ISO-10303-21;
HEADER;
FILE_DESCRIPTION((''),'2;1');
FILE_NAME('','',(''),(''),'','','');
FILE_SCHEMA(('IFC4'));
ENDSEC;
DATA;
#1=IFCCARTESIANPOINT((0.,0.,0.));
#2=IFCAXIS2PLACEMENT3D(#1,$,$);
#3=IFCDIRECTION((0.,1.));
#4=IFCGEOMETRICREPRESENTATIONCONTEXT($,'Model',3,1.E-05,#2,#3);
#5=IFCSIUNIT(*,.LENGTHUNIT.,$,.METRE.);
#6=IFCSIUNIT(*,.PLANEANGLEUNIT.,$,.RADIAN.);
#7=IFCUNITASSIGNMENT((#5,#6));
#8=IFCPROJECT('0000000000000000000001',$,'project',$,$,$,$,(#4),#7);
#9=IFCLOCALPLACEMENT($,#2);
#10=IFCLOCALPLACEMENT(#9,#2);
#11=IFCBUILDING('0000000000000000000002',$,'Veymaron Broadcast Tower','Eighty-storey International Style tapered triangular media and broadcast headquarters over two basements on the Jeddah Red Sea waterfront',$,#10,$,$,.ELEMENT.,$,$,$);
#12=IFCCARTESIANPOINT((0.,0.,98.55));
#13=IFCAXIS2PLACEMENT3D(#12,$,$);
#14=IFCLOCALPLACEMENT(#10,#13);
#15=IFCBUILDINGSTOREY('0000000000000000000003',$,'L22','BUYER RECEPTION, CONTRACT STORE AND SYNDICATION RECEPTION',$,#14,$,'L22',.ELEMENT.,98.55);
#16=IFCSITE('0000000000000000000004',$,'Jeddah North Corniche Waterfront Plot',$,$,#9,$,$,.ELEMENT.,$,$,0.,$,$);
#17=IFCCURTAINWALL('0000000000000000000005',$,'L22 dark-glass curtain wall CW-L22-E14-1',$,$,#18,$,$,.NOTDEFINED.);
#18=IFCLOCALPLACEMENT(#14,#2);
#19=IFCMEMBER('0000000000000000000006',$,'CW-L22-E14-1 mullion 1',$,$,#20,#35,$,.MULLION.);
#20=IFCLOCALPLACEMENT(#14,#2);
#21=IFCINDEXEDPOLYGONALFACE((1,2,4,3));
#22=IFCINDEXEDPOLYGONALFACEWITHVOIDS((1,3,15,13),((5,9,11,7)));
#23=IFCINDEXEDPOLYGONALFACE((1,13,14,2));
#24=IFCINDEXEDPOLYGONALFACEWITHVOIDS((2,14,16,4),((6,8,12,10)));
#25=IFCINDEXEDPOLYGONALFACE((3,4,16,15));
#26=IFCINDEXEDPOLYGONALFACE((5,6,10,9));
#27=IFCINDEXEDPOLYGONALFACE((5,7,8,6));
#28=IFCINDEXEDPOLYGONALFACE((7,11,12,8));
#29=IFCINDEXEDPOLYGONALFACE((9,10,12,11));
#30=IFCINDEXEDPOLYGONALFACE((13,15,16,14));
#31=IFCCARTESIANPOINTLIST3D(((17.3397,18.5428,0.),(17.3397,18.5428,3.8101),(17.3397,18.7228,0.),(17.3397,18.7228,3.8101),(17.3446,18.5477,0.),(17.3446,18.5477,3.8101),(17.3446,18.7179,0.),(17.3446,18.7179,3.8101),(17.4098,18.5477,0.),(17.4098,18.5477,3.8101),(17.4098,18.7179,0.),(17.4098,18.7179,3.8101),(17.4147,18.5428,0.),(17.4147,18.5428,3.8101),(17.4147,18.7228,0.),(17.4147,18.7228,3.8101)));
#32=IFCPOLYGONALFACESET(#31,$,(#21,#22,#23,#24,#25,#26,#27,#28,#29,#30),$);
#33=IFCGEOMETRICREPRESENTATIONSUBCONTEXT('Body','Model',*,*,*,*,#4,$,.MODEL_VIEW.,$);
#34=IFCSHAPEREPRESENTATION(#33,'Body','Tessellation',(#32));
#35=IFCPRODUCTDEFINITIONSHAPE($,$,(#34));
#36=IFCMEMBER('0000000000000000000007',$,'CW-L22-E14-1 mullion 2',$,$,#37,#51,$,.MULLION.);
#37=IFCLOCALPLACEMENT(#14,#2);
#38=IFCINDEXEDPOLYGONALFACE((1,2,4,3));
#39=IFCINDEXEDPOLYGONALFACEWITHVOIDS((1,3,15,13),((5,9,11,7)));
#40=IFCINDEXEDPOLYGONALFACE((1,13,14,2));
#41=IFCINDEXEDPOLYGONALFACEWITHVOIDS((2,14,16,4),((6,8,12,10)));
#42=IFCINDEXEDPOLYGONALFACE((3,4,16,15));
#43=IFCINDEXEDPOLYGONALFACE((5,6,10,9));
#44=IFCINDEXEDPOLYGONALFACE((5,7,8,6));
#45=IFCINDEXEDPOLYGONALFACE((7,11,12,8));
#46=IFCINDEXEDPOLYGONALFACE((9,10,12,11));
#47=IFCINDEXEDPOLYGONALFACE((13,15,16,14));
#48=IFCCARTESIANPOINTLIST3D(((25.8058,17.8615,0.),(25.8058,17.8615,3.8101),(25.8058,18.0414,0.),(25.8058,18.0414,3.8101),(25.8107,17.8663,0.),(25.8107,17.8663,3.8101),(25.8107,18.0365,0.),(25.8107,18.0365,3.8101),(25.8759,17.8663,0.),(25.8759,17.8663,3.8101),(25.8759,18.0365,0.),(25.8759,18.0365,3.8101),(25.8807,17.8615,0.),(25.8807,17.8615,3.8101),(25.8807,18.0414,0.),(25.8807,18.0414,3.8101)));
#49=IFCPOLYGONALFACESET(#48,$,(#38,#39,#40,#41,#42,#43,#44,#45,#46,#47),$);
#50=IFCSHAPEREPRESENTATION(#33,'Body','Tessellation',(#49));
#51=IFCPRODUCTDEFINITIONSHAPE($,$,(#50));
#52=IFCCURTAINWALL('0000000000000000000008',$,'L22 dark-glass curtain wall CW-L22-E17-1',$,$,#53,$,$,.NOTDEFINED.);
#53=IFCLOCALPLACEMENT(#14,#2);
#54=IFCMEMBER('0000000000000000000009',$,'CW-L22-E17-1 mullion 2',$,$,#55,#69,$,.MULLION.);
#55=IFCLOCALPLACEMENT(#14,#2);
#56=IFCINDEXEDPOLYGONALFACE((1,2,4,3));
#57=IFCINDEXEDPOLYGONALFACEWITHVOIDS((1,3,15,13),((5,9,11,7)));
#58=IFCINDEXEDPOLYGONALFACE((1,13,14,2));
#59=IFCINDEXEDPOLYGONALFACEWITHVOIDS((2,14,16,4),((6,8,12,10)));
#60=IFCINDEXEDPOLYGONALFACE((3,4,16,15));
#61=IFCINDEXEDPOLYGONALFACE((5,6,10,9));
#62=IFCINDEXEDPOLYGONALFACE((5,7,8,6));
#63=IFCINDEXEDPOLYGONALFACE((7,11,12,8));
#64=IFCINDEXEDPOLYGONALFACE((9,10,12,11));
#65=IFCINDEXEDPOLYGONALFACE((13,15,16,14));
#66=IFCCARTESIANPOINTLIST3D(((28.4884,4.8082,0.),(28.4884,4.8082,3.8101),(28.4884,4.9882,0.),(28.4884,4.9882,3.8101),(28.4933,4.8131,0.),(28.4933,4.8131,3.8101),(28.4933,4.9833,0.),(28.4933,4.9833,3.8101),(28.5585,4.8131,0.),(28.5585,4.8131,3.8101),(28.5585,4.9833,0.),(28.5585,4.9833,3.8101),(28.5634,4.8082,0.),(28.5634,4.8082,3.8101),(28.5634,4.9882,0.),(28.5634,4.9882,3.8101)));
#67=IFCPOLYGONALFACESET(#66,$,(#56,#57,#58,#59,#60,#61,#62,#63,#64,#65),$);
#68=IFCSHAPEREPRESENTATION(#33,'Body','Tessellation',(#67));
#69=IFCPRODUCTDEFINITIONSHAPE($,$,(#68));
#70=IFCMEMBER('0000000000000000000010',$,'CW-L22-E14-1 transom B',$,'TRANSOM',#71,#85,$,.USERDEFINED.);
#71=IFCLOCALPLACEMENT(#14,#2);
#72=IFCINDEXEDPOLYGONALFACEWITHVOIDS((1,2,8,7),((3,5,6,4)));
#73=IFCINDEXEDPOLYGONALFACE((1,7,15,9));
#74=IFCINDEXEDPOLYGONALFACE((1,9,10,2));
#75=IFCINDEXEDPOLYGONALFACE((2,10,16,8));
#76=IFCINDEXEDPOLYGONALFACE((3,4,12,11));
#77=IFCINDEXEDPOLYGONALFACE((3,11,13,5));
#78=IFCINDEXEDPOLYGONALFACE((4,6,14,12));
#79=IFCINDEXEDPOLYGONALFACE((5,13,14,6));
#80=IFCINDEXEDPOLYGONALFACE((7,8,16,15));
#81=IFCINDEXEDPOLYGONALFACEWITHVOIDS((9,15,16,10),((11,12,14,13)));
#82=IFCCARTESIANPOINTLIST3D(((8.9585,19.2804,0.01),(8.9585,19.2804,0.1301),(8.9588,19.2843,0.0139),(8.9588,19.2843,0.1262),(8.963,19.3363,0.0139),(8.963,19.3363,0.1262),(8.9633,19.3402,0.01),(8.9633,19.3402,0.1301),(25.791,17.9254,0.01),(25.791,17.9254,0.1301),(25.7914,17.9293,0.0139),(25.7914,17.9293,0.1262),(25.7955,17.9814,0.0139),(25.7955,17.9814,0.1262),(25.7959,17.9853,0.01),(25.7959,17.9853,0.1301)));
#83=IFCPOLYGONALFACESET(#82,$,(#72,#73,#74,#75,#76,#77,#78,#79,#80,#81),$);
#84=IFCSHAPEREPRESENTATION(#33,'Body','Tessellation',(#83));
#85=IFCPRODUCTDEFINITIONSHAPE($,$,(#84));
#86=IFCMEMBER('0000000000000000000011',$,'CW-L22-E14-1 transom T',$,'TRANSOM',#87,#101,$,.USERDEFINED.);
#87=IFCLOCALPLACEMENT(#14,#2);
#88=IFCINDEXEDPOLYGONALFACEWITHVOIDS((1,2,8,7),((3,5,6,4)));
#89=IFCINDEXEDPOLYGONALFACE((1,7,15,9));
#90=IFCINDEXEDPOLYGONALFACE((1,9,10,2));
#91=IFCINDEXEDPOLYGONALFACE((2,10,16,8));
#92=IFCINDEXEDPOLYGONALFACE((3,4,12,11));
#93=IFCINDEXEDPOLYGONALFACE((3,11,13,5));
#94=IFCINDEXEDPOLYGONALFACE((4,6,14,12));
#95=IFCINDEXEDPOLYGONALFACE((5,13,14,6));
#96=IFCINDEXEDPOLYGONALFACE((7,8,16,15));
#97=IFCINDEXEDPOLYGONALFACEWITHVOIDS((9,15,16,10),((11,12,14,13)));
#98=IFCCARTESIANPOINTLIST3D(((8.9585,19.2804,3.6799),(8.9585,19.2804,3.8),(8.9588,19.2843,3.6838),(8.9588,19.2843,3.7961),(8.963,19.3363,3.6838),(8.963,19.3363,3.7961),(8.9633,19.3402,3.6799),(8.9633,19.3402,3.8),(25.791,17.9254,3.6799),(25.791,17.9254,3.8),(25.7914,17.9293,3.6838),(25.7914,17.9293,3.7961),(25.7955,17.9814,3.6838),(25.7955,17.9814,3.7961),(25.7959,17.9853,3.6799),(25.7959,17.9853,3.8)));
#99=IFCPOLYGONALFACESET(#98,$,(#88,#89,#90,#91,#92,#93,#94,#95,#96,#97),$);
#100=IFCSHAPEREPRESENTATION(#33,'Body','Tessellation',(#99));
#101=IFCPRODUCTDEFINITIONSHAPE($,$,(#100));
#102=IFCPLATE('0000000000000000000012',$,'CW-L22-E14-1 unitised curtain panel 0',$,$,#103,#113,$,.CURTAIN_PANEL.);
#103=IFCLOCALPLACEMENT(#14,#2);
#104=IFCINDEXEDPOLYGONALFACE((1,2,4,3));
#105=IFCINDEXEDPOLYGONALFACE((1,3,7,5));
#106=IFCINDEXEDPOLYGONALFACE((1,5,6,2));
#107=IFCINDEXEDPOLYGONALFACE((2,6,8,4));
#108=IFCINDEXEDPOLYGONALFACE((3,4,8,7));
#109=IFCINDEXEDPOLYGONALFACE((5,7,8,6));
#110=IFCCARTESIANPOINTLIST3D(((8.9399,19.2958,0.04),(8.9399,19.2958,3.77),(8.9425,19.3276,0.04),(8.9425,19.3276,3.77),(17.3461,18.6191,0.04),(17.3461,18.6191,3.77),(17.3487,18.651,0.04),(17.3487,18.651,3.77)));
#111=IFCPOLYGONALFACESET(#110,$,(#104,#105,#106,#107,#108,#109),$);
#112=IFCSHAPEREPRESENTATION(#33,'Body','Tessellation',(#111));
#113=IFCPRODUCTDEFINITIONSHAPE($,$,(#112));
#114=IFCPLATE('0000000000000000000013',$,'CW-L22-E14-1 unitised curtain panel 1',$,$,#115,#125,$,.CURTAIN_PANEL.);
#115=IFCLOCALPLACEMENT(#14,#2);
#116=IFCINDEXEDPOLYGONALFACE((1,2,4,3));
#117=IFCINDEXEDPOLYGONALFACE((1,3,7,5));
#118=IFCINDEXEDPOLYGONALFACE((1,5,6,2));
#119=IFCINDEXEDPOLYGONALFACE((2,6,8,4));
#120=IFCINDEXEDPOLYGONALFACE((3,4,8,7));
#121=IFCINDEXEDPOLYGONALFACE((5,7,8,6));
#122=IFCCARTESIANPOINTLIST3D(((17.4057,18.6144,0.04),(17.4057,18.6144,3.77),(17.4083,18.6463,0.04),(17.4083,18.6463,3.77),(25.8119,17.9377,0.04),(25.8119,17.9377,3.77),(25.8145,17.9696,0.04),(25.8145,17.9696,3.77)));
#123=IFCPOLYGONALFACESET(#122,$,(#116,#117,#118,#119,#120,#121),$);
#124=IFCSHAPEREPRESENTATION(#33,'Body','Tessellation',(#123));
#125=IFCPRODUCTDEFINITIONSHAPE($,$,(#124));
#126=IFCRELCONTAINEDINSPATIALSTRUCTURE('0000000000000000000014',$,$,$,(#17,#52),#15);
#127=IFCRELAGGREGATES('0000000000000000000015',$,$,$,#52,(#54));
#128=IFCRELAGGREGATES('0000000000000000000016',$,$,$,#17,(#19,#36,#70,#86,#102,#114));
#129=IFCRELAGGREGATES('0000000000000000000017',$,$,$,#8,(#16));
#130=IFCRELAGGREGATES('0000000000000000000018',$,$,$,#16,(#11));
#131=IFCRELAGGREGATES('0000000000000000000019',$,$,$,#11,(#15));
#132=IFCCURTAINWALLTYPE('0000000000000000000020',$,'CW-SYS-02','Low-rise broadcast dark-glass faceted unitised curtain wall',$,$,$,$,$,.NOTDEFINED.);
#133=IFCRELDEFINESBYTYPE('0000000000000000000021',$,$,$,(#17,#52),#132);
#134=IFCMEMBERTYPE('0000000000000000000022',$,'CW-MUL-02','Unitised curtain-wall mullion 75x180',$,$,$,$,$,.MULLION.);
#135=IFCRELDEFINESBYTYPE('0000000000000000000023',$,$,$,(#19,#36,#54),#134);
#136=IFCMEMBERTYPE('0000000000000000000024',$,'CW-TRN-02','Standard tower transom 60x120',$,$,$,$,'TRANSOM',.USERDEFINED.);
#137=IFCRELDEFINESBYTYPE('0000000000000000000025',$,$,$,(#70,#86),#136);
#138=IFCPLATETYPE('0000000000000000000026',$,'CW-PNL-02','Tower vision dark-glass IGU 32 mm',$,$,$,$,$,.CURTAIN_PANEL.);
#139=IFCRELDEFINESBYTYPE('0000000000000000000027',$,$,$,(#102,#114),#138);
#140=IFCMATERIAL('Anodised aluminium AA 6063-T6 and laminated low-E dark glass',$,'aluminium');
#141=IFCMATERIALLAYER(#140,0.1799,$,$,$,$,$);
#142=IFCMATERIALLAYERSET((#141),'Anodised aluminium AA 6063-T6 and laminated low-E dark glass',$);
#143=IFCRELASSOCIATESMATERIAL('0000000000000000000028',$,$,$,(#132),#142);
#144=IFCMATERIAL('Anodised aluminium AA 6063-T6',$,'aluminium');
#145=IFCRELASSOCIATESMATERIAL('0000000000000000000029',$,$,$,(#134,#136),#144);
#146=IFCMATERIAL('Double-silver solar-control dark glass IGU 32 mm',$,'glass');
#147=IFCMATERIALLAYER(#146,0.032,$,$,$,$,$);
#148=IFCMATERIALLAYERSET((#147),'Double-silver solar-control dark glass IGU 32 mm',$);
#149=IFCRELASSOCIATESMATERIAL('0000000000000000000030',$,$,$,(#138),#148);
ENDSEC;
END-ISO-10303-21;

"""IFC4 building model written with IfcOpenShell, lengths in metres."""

from ifc_helpers import new_model, si_unit, direction, frame, origin, origin_2d, place, context, subcontext, project, spatial, rectangle, hollow_rectangle, extrude, material, layer, layer_set, material_profile, profile_set, type_object, element, aggregate, save


model = new_model("IFC4")

# Units and contexts
model_context = context("Model", 3, precision=1e-05, world=origin(), true_north=direction((0.0, 1.0)))
body_context = subcontext(model_context, "Body", "Model", "MODEL_VIEW")
ifc_project = project(units=[si_unit("LENGTHUNIT", "METRE"), si_unit("PLANEANGLEUNIT", "RADIAN")], contexts=[model_context])

# Site, building, storey
site_placement = place(None, origin())
site = spatial("IfcSite", under=ifc_project, at=site_placement, Name="Jeddah North Corniche Waterfront Plot", CompositionType="ELEMENT", RefElevation=0.0)
building_placement = place(site_placement, origin())
building = spatial("IfcBuilding", under=site, at=building_placement, Name="Veymaron Broadcast Tower", Description="Eighty-storey International Style tapered triangular media and broadcast headquarters over two basements on the Jeddah Red Sea waterfront", CompositionType="ELEMENT")
storey_placement = place(building_placement, frame((0.0, 0.0, 98.55)))
storey = spatial("IfcBuildingStorey", under=building, at=storey_placement, Name="L22", Description="BUYER RECEPTION, CONTRACT STORE AND SYNDICATION RECEPTION", LongName="L22", CompositionType="ELEMENT", Elevation=98.55)

# Curtain wall, members
ifc_material_1 = material(Name="Anodised aluminium AA 6063-T6 and laminated low-E dark glass", Category="aluminium")
ifc_layer_1 = layer(ifc_material_1, 0.1799)
ifc_layer_set_1 = layer_set([ifc_layer_1], Name="Anodised aluminium AA 6063-T6 and laminated low-E dark glass")
curtain_wall_type = type_object("IfcCurtainWallType", Name="CW-SYS-02", Description="Low-rise broadcast dark-glass faceted unitised curtain wall", PredefinedType="NOTDEFINED", material=ifc_layer_set_1)
curtain_wall_1_placement = place(storey_placement, origin())
curtain_wall_1 = element("IfcCurtainWall", 1, at=curtain_wall_1_placement, inside=storey, type_object=curtain_wall_type, Name="L22 dark-glass curtain wall CW-L22-E14-1", PredefinedType="NOTDEFINED")
ifc_material_2 = material(Name="Anodised aluminium AA 6063-T6", Category="aluminium")
ifc_material_profile_1 = material_profile(ifc_material_2, hollow_rectangle(XDim=0.075, YDim=0.1799, WallThickness=0.0049, at=origin_2d()), Name="AL180X75X5")
ifc_profile_set_1 = profile_set([ifc_material_profile_1], Name="Anodised aluminium AA 6063-T6")
member_type_1 = type_object("IfcMemberType", Name="CW-MUL-02", Description="Unitised curtain-wall mullion 75x180", PredefinedType="MULLION", material=ifc_profile_set_1)
member_1_placement = place(storey_placement, frame((17.3772, 18.6328, 0.0), z_axis=(0.0, 0.0, 1.0), x_axis=(1.0, 0.0, 0.0)))
member_1 = element("IfcMember", 2, at=member_1_placement, type_object=member_type_1, Name="CW-L22-E14-1 mullion 1", PredefinedType="MULLION", context=body_context, shape_type="SweptSolid", body=[
    extrude(hollow_rectangle(XDim=0.075, YDim=0.1799, WallThickness=0.0049, at=origin_2d()), origin(), (0.0, 0.0, 1.0), 3.8101),
])
member_2_placement = place(storey_placement, frame((25.8433, 17.9514, 0.0), z_axis=(0.0, 0.0, 1.0), x_axis=(1.0, 0.0, 0.0)))
member_2 = element("IfcMember", 3, at=member_2_placement, type_object=member_type_1, Name="CW-L22-E14-1 mullion 2", PredefinedType="MULLION", context=body_context, shape_type="SweptSolid", body=[
    extrude(hollow_rectangle(XDim=0.075, YDim=0.1799, WallThickness=0.0049, at=origin_2d()), origin(), (0.0, 0.0, 1.0), 3.8101),
])

# Curtain wall, member
curtain_wall_2_placement = place(storey_placement, origin())
curtain_wall_2 = element("IfcCurtainWall", 4, at=curtain_wall_2_placement, inside=storey, type_object=curtain_wall_type, Name="L22 dark-glass curtain wall CW-L22-E17-1", PredefinedType="NOTDEFINED")
member_3_placement = place(storey_placement, frame((28.5259, 4.8982, 0.0), z_axis=(0.0, 0.0, 1.0), x_axis=(1.0, 0.0, 0.0)))
member_3 = element("IfcMember", 5, at=member_3_placement, type_object=member_type_1, Name="CW-L22-E17-1 mullion 2", PredefinedType="MULLION", context=body_context, shape_type="SweptSolid", body=[
    extrude(hollow_rectangle(XDim=0.075, YDim=0.1799, WallThickness=0.0049, at=origin_2d()), origin(), (0.0, 0.0, 1.0), 3.8101),
])
aggregate(curtain_wall_2, [member_3])

# Members
ifc_material_profile_2 = material_profile(ifc_material_2, hollow_rectangle(XDim=0.0601, YDim=0.1201, WallThickness=0.0039, at=origin_2d()), Name="AL120X60X4")
ifc_profile_set_2 = profile_set([ifc_material_profile_2], Name="Anodised aluminium AA 6063-T6")
member_type_2 = type_object("IfcMemberType", Name="CW-TRN-02", Description="Standard tower transom 60x120", ElementType="TRANSOM", PredefinedType="USERDEFINED", material=ifc_profile_set_2)
member_4_placement = place(storey_placement, frame((8.9609, 19.3103, 0.0701), z_axis=(0.996776, -0.080238, 0.0), x_axis=(0.080238, 0.996776, 0.0)))
member_4 = element("IfcMember", 6, at=member_4_placement, type_object=member_type_2, Name="CW-L22-E14-1 transom B", ObjectType="TRANSOM", PredefinedType="USERDEFINED", context=body_context, shape_type="SweptSolid", body=[
    extrude(hollow_rectangle(XDim=0.0601, YDim=0.1201, WallThickness=0.0039, at=origin_2d()), origin(), (0.0, 0.0, 1.0), 16.887),
])
member_5_placement = place(storey_placement, frame((8.9609, 19.3103, 3.74), z_axis=(0.996776, -0.080238, 0.0), x_axis=(0.080238, 0.996776, 0.0)))
member_5 = element("IfcMember", 7, at=member_5_placement, type_object=member_type_2, Name="CW-L22-E14-1 transom T", ObjectType="TRANSOM", PredefinedType="USERDEFINED", context=body_context, shape_type="SweptSolid", body=[
    extrude(hollow_rectangle(XDim=0.0601, YDim=0.1201, WallThickness=0.0039, at=origin_2d()), origin(), (0.0, 0.0, 1.0), 16.887),
])

# Plates
ifc_material_3 = material(Name="Double-silver solar-control dark glass IGU 32 mm", Category="glass")
ifc_layer_2 = layer(ifc_material_3, 0.032)
ifc_layer_set_2 = layer_set([ifc_layer_2], Name="Double-silver solar-control dark glass IGU 32 mm")
plate_type = type_object("IfcPlateType", Name="CW-PNL-02", Description="Tower vision dark-glass IGU 32 mm", PredefinedType="CURTAIN_PANEL", material=ifc_layer_set_2)
plate_1_placement = place(storey_placement, frame((13.1443, 18.9734, 0.04), z_axis=(0.0, 0.0, 1.0), x_axis=(0.996776, -0.080234, 0.0)))
plate_1 = element("IfcPlate", 8, at=plate_1_placement, type_object=plate_type, Name="CW-L22-E14-1 unitised curtain panel 0", PredefinedType="CURTAIN_PANEL", context=body_context, shape_type="SweptSolid", body=[
    extrude(rectangle(XDim=8.4333, YDim=0.032, at=origin_2d()), origin(), (0.0, 0.0, 1.0), 3.73),
])
plate_2_placement = place(storey_placement, frame((21.6101, 18.292, 0.04), z_axis=(0.0, 0.0, 1.0), x_axis=(0.996776, -0.080234, 0.0)))
plate_2 = element("IfcPlate", 9, at=plate_2_placement, type_object=plate_type, Name="CW-L22-E14-1 unitised curtain panel 1", PredefinedType="CURTAIN_PANEL", context=body_context, shape_type="SweptSolid", body=[
    extrude(rectangle(XDim=8.4333, YDim=0.032, at=origin_2d()), origin(), (0.0, 0.0, 1.0), 3.73),
])
aggregate(curtain_wall_1, [member_1, member_2, member_4, member_5, plate_1, plate_2])

save(model, "model.ifc")
